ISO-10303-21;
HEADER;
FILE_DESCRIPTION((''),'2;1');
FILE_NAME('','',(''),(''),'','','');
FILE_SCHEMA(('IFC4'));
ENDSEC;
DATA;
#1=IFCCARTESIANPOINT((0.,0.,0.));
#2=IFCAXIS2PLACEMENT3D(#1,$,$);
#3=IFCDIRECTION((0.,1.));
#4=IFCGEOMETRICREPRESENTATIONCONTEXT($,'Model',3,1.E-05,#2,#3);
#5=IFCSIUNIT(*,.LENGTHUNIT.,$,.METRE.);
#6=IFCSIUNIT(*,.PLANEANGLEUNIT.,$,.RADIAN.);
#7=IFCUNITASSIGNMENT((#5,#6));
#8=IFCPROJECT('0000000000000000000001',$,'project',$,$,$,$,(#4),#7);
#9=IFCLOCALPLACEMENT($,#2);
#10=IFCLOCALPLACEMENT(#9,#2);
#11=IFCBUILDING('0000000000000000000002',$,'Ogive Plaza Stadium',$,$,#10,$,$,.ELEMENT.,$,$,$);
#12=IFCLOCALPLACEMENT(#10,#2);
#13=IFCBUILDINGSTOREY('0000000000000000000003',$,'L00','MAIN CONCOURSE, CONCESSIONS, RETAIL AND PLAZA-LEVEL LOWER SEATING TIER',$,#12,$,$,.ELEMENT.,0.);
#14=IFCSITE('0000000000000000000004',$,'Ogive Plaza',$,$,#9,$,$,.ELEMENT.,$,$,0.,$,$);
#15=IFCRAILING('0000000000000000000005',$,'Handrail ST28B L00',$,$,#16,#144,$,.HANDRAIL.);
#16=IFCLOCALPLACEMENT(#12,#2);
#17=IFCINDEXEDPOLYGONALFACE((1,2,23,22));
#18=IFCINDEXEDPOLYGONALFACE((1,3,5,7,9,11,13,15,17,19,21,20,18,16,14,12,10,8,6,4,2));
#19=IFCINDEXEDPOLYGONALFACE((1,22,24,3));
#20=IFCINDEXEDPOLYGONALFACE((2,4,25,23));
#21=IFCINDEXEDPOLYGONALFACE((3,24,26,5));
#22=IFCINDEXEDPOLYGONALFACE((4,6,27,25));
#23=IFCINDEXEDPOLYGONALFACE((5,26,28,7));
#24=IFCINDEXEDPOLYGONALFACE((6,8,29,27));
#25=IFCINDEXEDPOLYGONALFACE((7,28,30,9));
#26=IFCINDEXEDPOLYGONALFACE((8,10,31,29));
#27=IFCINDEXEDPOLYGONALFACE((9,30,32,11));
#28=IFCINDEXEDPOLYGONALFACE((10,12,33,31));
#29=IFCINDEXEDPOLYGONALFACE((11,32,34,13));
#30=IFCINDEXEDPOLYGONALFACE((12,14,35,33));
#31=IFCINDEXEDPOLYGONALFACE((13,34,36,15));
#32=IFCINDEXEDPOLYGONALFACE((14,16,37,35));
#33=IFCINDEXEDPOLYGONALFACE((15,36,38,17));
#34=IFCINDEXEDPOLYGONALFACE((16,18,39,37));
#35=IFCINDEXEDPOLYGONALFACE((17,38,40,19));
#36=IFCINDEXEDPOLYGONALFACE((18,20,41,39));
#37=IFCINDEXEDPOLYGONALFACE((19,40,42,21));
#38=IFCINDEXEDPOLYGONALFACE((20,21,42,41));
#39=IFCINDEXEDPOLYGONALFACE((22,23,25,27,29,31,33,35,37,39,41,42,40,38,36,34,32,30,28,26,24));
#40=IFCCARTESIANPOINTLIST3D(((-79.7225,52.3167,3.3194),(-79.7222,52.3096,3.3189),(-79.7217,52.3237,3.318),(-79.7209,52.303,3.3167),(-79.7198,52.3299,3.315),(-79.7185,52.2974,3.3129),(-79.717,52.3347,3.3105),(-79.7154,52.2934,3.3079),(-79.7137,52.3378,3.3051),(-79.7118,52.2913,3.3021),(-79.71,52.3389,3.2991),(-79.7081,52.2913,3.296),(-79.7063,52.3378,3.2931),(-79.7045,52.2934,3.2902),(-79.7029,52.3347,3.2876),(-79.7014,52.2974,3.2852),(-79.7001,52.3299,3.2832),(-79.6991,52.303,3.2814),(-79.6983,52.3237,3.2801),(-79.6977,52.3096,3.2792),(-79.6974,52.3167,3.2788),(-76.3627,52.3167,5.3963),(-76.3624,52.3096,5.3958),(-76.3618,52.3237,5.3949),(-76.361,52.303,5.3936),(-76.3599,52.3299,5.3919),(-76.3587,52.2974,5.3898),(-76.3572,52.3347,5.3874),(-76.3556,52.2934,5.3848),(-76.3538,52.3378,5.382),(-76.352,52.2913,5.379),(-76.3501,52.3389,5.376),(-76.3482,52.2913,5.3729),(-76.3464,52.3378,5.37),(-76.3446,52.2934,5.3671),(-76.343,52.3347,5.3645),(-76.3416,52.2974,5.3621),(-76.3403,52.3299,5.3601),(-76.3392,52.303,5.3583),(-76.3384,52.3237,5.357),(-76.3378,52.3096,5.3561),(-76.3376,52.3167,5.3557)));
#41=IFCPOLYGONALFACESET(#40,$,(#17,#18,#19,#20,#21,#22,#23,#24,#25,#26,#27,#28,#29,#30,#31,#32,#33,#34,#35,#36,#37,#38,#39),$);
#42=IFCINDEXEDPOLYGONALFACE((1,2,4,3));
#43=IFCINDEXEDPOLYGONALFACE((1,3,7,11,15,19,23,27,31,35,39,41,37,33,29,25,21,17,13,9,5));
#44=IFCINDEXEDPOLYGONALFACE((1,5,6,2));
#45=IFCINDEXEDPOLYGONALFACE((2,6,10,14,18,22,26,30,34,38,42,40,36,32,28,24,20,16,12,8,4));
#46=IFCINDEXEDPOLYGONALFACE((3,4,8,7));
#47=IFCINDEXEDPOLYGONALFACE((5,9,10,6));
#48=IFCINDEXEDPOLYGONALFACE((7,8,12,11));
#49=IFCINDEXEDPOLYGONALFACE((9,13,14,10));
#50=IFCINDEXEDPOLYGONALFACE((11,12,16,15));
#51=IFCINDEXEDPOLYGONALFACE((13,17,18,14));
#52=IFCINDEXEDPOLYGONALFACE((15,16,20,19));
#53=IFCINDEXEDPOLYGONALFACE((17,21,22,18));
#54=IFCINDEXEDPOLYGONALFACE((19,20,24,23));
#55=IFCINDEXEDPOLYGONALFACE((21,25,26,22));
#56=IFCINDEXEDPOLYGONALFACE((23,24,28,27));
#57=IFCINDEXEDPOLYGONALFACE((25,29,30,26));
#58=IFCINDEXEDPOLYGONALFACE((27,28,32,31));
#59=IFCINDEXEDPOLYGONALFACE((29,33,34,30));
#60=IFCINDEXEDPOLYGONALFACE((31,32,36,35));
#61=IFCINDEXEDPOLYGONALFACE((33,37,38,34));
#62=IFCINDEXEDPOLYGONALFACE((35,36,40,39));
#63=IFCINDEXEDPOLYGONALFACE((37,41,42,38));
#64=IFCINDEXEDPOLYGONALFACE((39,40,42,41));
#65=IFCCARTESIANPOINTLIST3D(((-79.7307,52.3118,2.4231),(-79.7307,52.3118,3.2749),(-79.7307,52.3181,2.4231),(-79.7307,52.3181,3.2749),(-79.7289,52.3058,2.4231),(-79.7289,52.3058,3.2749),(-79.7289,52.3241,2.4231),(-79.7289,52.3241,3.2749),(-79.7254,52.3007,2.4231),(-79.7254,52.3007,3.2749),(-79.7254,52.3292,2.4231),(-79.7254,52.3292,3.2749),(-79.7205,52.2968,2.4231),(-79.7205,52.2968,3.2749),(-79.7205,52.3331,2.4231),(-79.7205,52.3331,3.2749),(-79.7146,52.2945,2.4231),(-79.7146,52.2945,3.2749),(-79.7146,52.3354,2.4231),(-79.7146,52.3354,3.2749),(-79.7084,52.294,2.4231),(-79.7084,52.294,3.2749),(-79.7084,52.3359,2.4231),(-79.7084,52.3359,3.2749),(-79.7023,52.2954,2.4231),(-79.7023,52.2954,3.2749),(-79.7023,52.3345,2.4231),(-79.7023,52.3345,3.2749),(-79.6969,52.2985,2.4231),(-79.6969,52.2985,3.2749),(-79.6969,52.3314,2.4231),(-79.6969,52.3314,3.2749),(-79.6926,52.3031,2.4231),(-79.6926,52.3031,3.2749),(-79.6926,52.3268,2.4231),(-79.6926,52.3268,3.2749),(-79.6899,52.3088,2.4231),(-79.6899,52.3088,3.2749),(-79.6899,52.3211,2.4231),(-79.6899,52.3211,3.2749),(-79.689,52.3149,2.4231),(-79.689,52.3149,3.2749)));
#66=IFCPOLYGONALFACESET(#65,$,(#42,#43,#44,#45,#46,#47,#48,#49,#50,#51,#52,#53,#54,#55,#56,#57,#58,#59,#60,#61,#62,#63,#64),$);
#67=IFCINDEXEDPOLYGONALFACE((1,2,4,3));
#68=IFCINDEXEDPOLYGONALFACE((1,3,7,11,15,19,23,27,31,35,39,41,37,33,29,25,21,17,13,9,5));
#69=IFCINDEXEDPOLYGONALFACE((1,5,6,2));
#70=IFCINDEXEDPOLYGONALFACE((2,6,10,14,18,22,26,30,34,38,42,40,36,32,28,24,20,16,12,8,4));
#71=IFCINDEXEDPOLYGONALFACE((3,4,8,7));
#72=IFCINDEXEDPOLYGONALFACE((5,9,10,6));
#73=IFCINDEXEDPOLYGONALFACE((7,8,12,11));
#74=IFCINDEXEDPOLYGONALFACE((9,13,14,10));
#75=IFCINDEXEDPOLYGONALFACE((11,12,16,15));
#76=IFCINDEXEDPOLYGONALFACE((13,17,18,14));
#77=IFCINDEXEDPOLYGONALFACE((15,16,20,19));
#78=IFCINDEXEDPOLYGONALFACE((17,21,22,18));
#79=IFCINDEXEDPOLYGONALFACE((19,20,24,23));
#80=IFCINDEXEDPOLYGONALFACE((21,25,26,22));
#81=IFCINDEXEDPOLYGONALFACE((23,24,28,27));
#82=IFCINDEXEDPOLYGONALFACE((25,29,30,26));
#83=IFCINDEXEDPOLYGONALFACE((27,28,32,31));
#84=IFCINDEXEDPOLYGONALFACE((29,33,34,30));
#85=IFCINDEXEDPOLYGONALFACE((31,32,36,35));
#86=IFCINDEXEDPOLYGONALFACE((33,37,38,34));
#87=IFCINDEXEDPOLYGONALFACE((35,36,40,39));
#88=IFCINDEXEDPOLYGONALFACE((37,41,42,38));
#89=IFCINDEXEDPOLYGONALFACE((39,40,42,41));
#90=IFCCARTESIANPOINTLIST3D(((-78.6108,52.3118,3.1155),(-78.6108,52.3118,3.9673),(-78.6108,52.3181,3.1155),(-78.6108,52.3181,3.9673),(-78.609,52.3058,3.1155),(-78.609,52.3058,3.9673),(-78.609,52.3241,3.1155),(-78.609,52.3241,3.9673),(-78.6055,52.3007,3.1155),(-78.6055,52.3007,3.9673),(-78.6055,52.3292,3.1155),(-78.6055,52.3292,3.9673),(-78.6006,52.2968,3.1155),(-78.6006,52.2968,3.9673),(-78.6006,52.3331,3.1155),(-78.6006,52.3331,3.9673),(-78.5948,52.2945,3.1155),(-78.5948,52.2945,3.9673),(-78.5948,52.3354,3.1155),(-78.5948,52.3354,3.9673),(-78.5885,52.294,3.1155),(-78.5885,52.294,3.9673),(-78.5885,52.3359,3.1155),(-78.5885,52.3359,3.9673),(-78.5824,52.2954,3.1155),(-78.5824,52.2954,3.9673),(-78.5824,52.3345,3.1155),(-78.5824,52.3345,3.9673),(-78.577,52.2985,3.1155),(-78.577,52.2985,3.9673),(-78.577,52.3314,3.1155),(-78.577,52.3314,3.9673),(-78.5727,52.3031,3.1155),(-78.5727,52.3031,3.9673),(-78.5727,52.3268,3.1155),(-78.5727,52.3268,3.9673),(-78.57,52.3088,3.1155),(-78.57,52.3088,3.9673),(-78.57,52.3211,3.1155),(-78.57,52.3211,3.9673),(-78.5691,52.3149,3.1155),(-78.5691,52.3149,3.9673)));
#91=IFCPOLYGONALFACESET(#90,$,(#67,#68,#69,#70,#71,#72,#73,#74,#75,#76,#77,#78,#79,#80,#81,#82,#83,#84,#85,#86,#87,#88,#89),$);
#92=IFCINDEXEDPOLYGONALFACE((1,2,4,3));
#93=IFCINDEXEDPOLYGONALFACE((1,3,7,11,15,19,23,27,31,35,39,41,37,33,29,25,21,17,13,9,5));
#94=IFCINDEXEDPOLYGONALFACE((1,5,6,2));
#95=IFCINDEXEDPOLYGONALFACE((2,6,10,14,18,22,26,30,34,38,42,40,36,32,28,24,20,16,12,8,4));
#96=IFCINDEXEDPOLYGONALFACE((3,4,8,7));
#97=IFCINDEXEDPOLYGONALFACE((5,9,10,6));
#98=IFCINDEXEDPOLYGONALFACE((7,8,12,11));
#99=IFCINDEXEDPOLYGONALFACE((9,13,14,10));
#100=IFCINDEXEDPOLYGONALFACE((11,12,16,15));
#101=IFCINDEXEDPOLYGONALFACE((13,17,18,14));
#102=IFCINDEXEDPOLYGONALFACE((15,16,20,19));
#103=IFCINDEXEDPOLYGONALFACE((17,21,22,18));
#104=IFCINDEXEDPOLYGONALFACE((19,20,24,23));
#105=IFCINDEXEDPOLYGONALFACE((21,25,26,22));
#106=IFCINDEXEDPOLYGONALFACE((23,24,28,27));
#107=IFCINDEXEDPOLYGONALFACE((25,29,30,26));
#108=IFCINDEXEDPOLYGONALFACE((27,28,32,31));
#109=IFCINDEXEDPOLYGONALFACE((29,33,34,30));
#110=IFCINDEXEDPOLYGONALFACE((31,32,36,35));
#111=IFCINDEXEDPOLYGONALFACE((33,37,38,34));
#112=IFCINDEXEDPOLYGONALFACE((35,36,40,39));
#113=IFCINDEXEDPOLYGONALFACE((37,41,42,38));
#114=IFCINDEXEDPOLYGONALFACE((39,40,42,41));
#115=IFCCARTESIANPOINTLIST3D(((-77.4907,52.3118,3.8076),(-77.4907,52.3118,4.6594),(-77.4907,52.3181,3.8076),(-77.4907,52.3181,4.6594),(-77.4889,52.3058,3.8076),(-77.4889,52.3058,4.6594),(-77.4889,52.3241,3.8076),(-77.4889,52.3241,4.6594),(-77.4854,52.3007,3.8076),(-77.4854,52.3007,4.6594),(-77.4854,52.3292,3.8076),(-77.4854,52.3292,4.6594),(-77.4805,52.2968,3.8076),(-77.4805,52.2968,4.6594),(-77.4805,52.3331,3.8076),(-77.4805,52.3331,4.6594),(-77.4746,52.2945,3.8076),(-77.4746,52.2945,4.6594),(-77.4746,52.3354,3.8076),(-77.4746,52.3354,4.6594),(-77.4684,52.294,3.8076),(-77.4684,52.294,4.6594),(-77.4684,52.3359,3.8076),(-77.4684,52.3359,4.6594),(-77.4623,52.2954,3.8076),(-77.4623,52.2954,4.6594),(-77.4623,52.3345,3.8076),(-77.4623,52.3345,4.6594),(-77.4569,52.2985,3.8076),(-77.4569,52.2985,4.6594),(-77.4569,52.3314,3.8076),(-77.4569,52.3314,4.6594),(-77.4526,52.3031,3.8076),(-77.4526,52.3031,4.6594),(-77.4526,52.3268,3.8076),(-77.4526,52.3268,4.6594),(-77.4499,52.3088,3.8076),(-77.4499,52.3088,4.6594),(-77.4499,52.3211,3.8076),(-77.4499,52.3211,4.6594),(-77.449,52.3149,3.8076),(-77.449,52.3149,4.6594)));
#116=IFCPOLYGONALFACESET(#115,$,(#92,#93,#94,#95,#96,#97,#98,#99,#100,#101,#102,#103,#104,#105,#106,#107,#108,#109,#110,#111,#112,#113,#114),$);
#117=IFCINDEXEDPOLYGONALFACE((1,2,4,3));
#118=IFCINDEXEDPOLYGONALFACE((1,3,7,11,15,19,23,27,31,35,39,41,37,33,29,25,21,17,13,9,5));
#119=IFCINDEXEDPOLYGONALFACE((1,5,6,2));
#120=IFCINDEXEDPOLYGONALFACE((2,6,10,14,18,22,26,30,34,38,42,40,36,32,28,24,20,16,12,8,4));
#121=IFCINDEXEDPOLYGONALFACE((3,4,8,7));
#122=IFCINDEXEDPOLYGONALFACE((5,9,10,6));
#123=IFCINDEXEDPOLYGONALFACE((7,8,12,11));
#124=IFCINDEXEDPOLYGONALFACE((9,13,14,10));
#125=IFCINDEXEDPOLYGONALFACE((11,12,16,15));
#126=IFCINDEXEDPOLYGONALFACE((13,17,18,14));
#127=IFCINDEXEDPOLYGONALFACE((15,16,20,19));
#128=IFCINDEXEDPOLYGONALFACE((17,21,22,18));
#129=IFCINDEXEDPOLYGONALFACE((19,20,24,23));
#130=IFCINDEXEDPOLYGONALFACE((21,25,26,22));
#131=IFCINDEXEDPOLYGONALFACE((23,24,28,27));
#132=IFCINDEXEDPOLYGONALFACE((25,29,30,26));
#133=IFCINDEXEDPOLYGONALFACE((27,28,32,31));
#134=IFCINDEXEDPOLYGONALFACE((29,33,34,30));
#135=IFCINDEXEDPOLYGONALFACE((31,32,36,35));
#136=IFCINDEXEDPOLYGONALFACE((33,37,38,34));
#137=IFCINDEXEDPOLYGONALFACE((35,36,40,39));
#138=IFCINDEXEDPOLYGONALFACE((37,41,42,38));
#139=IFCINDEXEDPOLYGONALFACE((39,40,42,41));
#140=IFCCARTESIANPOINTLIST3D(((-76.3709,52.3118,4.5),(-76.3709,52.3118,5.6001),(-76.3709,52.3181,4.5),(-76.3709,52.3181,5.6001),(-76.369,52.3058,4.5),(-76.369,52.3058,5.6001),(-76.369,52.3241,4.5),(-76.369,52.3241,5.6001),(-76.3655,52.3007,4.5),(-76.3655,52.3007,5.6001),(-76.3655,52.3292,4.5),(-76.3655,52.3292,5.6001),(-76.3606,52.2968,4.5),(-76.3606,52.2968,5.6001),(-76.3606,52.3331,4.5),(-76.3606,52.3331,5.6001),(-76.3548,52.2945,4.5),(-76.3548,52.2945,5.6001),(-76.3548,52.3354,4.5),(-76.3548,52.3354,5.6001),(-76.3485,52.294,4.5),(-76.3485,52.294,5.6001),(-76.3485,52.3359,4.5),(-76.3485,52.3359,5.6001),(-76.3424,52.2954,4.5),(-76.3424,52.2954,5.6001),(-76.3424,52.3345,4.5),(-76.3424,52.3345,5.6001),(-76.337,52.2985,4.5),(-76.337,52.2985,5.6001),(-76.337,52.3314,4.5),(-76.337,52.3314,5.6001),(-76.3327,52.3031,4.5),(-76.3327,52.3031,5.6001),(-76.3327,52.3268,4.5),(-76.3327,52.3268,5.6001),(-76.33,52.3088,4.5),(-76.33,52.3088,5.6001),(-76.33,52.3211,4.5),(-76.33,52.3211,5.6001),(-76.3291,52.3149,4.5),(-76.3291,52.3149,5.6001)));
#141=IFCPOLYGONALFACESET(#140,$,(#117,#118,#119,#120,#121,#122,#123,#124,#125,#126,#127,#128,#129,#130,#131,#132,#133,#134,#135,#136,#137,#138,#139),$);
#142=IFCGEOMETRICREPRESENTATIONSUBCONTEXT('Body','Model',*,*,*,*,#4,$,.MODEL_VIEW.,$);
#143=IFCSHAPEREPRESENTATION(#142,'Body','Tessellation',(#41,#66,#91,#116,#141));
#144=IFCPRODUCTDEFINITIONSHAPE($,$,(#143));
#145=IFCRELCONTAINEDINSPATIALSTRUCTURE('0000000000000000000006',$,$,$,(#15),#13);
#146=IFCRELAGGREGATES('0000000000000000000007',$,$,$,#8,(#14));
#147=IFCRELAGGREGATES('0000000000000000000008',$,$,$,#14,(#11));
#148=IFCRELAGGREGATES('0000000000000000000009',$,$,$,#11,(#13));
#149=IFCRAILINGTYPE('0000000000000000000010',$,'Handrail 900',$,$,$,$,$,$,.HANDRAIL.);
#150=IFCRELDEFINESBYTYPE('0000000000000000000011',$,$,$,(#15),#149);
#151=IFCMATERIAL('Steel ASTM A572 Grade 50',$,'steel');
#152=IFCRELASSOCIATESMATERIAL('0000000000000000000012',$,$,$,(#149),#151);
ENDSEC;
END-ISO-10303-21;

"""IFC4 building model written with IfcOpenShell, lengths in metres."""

from ifc_helpers import new_model, si_unit, direction, frame, origin, origin_2d, place, context, subcontext, project, spatial, circle, extrude, material, type_object, element, save


model = new_model("IFC4")

# Units and contexts
model_context = context("Model", 3, precision=1e-05, world=origin(), true_north=direction((0.0, 1.0)))
body_context = subcontext(model_context, "Body", "Model", "MODEL_VIEW")
ifc_project = project(units=[si_unit("LENGTHUNIT", "METRE"), si_unit("PLANEANGLEUNIT", "RADIAN")], contexts=[model_context])

# Site, building, storey
site_placement = place(None, origin())
site = spatial("IfcSite", under=ifc_project, at=site_placement, Name="Ogive Plaza", CompositionType="ELEMENT", RefElevation=0.0)
building_placement = place(site_placement, origin())
building = spatial("IfcBuilding", under=site, at=building_placement, Name="Ogive Plaza Stadium", CompositionType="ELEMENT")
storey_placement = place(building_placement, origin())
storey = spatial("IfcBuildingStorey", under=building, at=storey_placement, Name="L00", Description="MAIN CONCOURSE, CONCESSIONS, RETAIL AND PLAZA-LEVEL LOWER SEATING TIER", CompositionType="ELEMENT", Elevation=0.0)

# Railing
ifc_material_1 = material(Name="Steel ASTM A572 Grade 50", Category="steel")
railing_type = type_object("IfcRailingType", Name="Handrail 900", PredefinedType="HANDRAIL", material=ifc_material_1)
for number, where, name in (
    (1, (-79.71, 52.3149, 2.4231), "Handrail ST28B L00"),
):
    element("IfcRailing", number, at=place(storey_placement, frame(where)), inside=storey, type_object=railing_type, Name=name, PredefinedType="HANDRAIL", context=body_context, shape_type="SweptSolid", body=[
        extrude(circle(Radius=0.0239, at=origin_2d()), frame((0.0, 0.0, 0.876), z_axis=(0.850606, 0.0, 0.525803), x_axis=(0.0, 1.0, 0.0)), (0.0, 0.0, 1.0), 3.95),
        extrude(circle(Radius=0.021, at=origin_2d()), origin(), (0.0, 0.0, 1.0), 0.8518),
        extrude(circle(Radius=0.021, at=origin_2d()), frame((1.1199, 0.0, 0.6924)), (0.0, 0.0, 1.0), 0.8518),
        extrude(circle(Radius=0.021, at=origin_2d()), frame((2.24, 0.0, 1.3845)), (0.0, 0.0, 1.0), 0.8518),
        extrude(circle(Radius=0.021, at=origin_2d()), frame((3.3599, 0.0, 2.0769)), (0.0, 0.0, 1.0), 1.1001),
    ])

save(model, "model.ifc")
